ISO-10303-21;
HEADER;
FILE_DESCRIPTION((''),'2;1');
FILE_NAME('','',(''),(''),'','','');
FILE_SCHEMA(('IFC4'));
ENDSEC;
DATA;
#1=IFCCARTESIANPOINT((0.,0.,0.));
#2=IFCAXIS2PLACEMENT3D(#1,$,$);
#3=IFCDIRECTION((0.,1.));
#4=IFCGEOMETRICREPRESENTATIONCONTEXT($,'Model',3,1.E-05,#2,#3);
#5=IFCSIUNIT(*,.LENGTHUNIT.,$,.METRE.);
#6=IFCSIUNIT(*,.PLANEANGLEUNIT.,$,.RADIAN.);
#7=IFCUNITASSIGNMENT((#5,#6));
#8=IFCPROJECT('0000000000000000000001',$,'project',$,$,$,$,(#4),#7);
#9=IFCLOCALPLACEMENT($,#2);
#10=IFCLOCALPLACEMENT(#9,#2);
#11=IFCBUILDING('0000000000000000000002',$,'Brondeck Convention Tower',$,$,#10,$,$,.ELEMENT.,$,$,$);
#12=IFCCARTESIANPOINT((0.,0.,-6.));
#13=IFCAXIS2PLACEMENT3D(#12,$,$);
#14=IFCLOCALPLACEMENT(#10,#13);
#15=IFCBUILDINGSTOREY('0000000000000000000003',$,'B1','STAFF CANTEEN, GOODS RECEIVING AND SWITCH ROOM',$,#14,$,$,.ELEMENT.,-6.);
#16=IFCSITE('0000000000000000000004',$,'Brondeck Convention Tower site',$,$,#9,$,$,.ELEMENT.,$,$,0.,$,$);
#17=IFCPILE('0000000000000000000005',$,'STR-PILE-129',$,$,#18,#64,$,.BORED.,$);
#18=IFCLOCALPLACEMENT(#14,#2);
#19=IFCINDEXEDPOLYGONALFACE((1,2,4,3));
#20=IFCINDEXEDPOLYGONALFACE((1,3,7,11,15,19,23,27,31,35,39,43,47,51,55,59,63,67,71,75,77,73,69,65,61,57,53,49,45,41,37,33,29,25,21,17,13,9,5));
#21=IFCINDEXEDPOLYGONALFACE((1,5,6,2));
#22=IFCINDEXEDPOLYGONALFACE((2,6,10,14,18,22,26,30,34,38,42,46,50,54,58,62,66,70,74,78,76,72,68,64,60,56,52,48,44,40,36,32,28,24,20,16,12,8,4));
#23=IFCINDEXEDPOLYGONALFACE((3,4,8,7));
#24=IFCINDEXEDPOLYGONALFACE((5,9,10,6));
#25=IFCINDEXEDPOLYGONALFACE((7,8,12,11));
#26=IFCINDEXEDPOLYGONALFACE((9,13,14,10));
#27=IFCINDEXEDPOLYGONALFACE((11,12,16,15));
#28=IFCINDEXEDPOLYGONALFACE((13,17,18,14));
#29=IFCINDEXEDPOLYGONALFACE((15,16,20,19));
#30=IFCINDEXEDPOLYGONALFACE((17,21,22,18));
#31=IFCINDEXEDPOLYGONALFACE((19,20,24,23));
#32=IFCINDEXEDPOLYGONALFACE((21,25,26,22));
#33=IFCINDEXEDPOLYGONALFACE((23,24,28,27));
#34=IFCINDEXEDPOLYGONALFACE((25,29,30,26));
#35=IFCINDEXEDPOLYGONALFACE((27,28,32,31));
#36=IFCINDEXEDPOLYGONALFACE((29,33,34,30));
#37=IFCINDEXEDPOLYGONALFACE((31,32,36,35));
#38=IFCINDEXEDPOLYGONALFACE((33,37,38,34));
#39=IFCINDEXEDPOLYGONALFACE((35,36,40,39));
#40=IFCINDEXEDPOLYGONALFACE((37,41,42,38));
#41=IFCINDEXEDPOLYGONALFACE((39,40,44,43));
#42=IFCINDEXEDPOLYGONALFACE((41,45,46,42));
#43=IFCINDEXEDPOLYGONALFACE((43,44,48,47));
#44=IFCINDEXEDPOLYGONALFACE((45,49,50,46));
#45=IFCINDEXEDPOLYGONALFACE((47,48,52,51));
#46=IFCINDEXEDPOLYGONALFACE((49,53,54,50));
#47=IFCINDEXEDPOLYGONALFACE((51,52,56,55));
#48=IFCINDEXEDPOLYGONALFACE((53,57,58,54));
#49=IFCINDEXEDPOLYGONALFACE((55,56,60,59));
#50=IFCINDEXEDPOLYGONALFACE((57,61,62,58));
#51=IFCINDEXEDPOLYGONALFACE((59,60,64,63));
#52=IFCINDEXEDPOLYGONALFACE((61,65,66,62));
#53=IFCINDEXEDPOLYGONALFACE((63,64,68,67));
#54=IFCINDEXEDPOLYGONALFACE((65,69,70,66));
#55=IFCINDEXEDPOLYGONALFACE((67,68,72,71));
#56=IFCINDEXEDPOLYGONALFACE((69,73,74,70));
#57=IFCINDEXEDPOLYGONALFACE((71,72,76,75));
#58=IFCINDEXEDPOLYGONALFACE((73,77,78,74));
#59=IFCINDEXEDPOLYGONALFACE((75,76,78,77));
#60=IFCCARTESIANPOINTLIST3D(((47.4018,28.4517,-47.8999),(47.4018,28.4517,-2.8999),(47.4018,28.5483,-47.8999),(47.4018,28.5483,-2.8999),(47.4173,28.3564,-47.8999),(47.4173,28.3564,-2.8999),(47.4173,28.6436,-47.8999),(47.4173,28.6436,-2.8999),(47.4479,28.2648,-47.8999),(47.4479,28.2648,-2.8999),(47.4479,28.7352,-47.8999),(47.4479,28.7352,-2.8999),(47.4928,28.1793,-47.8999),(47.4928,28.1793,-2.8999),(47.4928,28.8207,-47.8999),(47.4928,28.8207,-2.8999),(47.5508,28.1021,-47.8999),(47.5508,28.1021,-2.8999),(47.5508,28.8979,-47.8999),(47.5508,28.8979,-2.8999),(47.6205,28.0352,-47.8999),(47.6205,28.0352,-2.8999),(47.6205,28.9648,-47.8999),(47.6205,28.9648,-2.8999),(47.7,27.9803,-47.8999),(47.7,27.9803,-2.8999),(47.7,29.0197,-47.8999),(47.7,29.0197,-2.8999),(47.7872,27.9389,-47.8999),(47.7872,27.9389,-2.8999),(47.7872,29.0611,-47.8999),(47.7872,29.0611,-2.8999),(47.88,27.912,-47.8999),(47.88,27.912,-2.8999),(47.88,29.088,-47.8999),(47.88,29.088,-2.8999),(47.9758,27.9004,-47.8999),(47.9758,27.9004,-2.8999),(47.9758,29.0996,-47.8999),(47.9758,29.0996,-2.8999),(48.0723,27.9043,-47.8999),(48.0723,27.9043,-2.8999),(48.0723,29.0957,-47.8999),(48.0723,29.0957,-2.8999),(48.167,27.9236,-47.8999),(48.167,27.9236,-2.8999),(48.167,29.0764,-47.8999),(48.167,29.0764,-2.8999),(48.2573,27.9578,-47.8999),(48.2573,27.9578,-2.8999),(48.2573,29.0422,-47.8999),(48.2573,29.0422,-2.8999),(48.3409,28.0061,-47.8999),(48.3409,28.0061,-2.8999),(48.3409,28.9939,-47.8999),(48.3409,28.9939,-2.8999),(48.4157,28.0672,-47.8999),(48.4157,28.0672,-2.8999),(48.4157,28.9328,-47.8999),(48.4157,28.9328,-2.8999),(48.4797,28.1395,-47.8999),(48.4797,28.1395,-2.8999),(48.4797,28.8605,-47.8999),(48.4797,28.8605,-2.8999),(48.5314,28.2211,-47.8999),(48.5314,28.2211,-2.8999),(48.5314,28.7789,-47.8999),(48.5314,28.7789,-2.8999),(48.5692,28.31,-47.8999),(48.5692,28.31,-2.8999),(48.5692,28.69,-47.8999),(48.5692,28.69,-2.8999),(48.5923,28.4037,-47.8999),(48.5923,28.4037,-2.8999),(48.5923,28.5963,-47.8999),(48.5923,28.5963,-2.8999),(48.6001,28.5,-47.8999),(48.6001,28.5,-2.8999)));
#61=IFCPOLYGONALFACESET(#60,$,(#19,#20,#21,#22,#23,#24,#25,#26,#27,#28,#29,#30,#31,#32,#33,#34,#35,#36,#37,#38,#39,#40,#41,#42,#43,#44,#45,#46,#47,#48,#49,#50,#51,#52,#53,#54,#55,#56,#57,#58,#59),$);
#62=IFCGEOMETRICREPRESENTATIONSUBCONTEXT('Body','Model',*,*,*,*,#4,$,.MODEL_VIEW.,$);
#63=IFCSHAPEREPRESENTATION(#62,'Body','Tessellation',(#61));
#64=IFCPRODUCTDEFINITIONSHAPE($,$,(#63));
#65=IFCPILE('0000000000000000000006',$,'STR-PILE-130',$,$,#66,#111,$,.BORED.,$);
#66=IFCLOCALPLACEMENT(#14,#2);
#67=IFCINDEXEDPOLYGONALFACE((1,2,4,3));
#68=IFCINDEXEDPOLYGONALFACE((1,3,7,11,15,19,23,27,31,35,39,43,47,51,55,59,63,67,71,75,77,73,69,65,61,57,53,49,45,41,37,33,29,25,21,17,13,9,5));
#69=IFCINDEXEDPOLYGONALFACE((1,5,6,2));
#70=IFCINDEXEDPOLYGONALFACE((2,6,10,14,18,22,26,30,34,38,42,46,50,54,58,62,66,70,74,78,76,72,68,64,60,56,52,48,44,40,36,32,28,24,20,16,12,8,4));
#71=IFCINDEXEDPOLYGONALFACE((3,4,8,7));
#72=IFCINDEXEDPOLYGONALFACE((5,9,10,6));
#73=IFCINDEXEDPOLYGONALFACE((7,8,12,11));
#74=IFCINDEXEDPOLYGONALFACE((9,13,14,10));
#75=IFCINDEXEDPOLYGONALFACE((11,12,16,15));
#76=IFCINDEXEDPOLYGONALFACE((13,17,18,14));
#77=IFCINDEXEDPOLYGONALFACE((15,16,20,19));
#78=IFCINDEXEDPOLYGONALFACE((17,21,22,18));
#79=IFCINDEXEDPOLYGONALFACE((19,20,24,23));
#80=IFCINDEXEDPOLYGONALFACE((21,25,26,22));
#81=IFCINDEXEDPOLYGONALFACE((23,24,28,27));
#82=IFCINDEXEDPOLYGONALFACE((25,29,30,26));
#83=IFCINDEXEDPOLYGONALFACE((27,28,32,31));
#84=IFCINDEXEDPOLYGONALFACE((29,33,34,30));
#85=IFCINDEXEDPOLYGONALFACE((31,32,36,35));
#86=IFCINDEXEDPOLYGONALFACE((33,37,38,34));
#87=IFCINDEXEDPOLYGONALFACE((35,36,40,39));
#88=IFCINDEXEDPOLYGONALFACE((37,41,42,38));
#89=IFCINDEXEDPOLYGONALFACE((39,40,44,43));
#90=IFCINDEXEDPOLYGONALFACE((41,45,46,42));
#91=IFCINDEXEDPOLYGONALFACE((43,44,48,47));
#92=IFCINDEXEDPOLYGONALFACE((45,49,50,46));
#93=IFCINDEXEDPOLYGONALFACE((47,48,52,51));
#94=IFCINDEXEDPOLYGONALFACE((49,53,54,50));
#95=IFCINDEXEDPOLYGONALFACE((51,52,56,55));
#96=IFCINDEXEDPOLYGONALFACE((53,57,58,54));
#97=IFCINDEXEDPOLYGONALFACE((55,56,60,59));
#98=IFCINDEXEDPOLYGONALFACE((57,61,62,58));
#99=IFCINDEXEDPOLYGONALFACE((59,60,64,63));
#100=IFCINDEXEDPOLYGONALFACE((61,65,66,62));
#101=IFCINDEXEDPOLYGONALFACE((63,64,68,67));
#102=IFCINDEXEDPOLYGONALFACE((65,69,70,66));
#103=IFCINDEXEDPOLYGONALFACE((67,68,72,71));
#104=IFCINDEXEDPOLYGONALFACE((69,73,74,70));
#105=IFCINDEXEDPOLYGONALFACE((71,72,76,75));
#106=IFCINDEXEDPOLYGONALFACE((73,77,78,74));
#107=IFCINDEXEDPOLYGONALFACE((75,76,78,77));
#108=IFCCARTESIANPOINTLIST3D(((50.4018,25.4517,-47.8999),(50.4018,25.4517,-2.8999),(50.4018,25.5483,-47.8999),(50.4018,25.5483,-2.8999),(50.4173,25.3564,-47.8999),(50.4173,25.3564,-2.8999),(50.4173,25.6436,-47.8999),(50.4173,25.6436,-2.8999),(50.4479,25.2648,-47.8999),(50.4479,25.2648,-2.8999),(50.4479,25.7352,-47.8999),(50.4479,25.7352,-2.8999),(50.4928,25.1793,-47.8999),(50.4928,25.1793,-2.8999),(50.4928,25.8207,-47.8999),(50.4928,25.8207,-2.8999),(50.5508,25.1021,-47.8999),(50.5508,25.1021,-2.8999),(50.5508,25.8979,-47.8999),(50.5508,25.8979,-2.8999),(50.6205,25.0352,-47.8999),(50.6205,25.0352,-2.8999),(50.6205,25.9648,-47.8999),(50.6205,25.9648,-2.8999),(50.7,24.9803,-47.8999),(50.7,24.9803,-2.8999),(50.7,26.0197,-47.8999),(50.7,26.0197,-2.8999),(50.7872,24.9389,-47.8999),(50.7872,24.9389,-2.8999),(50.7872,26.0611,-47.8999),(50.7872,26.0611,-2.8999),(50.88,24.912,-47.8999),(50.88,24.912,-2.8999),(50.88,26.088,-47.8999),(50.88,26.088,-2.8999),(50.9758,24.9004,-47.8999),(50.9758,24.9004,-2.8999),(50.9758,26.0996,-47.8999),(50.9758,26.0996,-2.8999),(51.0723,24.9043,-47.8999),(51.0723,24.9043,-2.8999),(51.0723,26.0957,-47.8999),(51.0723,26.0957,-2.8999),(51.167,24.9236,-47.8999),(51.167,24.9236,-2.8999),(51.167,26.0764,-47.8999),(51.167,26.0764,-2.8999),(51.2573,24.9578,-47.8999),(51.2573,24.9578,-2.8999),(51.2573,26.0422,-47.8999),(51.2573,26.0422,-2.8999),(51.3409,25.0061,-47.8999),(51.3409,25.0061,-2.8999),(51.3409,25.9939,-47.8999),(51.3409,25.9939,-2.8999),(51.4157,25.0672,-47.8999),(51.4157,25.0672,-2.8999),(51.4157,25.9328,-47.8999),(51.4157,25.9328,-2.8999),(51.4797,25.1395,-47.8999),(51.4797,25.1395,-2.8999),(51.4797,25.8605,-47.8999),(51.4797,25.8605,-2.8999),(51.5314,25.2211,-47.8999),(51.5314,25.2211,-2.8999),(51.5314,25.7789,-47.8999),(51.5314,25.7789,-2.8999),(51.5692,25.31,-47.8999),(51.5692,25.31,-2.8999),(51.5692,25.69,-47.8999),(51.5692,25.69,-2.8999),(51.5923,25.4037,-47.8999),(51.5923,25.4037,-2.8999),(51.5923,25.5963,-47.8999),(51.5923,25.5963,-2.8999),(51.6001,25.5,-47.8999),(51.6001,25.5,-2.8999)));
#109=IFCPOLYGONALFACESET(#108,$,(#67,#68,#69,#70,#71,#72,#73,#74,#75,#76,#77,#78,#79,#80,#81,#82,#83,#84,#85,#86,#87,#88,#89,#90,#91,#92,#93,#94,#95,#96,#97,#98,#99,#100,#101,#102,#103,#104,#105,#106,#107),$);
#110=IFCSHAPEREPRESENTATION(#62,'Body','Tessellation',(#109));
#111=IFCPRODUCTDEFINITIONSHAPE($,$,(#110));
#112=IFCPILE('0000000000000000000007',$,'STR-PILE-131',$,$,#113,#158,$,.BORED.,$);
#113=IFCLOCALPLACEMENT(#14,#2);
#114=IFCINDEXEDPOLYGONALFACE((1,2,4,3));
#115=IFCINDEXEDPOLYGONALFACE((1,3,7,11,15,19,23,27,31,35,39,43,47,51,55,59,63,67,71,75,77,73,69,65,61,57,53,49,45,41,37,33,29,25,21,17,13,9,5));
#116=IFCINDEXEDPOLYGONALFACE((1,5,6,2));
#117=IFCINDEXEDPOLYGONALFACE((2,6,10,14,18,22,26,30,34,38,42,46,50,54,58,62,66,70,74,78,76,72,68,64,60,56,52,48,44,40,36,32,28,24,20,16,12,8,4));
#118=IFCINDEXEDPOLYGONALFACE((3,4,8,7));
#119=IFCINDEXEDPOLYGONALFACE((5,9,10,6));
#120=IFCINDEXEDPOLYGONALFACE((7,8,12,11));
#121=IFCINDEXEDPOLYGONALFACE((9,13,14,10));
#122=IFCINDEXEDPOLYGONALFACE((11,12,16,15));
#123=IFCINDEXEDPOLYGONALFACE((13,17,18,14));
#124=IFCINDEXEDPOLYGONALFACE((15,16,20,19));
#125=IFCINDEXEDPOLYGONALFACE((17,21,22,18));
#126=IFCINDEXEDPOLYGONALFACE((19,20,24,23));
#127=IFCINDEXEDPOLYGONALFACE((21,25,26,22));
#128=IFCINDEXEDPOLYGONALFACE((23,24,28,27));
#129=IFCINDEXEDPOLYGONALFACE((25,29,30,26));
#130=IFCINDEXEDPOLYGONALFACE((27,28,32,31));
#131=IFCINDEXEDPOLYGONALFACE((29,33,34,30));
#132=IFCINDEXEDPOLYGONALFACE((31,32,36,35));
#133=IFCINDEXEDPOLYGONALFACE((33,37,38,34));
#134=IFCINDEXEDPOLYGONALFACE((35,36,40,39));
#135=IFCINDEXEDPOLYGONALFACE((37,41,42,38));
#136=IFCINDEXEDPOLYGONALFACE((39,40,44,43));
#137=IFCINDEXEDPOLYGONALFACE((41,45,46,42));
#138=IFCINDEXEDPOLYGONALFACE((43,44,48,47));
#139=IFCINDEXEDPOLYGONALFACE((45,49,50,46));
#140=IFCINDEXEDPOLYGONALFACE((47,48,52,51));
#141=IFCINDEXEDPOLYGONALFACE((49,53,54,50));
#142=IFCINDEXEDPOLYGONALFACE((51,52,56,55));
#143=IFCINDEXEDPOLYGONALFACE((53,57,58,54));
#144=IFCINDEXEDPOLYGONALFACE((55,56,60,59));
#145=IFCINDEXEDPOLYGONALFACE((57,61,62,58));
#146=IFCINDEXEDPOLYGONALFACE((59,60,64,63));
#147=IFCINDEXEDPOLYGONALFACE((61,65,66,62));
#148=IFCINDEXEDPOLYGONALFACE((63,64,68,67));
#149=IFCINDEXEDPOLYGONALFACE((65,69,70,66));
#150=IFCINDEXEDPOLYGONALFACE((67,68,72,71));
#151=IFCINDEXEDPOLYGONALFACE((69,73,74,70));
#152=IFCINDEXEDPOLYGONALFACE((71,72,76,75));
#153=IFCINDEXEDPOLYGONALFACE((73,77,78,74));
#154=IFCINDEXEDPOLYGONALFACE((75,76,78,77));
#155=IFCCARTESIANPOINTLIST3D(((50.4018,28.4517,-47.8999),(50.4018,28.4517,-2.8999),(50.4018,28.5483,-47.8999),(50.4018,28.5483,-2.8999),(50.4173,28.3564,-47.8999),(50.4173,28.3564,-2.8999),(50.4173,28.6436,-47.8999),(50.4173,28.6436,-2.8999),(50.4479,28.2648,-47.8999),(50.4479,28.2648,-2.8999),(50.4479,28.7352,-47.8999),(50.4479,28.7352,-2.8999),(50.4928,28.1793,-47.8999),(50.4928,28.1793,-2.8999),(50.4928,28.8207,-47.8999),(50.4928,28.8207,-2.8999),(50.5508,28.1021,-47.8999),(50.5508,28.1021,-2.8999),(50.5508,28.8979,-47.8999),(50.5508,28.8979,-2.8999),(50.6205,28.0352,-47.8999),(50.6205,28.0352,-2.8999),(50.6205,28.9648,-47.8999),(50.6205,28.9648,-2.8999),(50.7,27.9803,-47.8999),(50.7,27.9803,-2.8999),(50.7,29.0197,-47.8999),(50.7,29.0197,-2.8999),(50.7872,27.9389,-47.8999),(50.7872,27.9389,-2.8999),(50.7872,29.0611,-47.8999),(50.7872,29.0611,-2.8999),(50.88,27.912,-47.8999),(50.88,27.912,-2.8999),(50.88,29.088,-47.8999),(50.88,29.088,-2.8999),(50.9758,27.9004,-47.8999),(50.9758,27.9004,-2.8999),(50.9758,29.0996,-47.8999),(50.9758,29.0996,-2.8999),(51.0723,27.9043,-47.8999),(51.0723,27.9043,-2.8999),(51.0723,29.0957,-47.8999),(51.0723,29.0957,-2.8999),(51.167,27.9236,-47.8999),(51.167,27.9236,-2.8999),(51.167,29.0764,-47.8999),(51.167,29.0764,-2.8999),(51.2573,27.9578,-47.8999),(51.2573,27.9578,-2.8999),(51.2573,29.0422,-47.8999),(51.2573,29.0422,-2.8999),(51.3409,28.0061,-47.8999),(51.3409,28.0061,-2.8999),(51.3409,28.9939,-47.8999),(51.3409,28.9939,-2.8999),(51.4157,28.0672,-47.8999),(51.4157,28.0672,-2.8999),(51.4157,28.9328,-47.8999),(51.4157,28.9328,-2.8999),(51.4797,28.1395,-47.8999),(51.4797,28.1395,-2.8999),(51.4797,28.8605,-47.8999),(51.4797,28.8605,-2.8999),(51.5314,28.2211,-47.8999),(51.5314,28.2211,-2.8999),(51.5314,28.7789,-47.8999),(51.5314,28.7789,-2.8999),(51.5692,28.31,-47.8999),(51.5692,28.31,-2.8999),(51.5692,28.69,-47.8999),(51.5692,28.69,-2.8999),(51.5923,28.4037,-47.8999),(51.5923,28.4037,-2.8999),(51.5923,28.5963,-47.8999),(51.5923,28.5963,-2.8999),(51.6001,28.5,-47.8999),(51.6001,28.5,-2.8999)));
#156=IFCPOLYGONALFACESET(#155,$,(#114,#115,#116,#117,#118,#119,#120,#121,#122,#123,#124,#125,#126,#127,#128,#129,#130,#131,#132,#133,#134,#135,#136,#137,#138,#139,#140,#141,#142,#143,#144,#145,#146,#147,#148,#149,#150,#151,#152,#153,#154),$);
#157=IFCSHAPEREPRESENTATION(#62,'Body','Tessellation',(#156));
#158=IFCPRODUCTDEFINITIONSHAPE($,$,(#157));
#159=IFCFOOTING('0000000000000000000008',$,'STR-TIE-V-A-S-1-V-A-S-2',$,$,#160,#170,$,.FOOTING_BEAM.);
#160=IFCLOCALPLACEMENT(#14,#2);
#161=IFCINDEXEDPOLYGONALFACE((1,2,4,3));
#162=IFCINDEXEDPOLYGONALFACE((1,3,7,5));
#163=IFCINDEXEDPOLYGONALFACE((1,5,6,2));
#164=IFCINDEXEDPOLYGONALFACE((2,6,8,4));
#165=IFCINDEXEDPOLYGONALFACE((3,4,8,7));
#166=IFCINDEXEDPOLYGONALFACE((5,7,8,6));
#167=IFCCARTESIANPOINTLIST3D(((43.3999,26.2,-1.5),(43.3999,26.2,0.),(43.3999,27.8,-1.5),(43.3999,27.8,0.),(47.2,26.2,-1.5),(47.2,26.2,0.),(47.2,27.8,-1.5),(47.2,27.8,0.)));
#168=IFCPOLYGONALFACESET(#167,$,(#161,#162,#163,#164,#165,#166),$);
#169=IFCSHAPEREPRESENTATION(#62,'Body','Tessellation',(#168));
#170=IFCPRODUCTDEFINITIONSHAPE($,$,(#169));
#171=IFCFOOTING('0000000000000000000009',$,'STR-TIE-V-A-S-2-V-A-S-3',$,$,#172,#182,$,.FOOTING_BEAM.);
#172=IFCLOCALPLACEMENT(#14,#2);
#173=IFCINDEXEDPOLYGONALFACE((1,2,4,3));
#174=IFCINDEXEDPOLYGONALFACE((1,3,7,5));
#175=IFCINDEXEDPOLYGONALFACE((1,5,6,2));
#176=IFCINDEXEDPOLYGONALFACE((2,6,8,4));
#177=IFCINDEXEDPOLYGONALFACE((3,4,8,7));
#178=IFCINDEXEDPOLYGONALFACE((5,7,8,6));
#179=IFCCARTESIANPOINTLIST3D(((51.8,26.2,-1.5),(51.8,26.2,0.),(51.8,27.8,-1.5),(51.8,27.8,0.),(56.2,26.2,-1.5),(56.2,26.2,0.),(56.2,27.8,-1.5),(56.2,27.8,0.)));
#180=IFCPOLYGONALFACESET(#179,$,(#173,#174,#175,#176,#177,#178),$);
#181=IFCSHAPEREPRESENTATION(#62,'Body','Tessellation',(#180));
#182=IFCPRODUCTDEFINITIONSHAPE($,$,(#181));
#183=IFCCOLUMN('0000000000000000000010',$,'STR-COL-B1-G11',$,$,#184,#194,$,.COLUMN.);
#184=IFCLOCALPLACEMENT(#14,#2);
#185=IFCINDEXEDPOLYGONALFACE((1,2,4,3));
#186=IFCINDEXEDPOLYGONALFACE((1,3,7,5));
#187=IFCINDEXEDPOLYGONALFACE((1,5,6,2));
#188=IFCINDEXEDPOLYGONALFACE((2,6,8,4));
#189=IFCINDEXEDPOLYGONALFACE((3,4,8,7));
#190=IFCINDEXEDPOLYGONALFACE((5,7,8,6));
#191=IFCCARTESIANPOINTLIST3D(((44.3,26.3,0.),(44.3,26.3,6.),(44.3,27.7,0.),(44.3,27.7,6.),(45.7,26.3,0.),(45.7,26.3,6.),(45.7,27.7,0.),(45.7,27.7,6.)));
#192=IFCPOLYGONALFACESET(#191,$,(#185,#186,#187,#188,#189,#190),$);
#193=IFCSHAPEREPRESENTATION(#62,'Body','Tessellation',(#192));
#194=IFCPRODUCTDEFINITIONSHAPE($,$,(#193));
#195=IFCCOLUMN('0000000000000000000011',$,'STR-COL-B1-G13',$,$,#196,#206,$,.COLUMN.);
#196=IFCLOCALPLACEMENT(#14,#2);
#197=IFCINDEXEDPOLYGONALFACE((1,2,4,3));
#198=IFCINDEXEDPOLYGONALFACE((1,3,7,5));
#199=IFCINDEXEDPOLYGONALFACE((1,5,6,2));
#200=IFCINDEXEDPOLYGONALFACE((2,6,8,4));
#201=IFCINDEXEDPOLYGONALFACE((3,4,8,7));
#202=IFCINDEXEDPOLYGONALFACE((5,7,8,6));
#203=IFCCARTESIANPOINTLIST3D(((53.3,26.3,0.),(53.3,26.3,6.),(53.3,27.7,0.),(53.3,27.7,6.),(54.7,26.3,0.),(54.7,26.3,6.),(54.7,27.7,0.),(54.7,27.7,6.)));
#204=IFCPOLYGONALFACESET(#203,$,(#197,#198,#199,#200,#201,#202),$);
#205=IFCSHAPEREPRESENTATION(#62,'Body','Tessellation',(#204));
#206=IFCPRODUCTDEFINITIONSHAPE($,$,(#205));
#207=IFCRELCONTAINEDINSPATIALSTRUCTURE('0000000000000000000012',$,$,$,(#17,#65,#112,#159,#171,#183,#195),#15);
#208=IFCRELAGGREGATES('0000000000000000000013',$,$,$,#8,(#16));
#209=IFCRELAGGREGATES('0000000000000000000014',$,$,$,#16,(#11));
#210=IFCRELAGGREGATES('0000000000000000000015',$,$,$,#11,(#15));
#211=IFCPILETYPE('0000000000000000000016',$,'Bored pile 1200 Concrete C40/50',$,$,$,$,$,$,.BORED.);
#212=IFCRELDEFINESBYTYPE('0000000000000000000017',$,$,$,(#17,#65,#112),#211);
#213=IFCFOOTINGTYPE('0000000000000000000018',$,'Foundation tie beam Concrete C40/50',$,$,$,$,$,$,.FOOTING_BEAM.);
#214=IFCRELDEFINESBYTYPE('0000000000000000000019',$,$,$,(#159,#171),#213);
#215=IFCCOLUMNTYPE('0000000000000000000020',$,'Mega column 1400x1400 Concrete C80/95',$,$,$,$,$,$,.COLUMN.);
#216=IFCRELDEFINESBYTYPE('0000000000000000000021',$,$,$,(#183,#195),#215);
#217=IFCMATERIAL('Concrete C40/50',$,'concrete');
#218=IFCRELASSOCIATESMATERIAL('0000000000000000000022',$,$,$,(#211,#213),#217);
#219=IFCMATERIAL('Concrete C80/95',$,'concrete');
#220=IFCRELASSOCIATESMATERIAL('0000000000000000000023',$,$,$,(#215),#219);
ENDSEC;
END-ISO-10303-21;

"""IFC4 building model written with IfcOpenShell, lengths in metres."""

from ifc_helpers import new_model, si_unit, direction, frame, origin, origin_2d, place, context, subcontext, project, spatial, rectangle, circle, extrude, material, material_profile, profile_set, type_object, element, save


model = new_model("IFC4")

# Units and contexts
model_context = context("Model", 3, precision=1e-05, world=origin(), true_north=direction((0.0, 1.0)))
body_context = subcontext(model_context, "Body", "Model", "MODEL_VIEW")
ifc_project = project(units=[si_unit("LENGTHUNIT", "METRE"), si_unit("PLANEANGLEUNIT", "RADIAN")], contexts=[model_context])

# Site, building, storey
site_placement = place(None, origin())
site = spatial("IfcSite", under=ifc_project, at=site_placement, Name="Brondeck Convention Tower site", CompositionType="ELEMENT", RefElevation=0.0)
building_placement = place(site_placement, origin())
building = spatial("IfcBuilding", under=site, at=building_placement, Name="Brondeck Convention Tower", CompositionType="ELEMENT")
storey_placement = place(building_placement, frame((0.0, 0.0, -6.0)))
storey = spatial("IfcBuildingStorey", under=building, at=storey_placement, Name="B1", Description="STAFF CANTEEN, GOODS RECEIVING AND SWITCH ROOM", CompositionType="ELEMENT", Elevation=-6.0)

# Piles
ifc_material_1 = material(Name="Concrete C40/50", Category="concrete")
ifc_material_profile_1 = material_profile(ifc_material_1, circle(Radius=0.6001, at=origin_2d()), Name="Bored pile 1200 Concrete C40/50")
ifc_profile_set_1 = profile_set([ifc_material_profile_1], Name="Concrete C40/50")
pile_type = type_object("IfcPileType", Name="Bored pile 1200 Concrete C40/50", PredefinedType="BORED", material=ifc_profile_set_1)
for number, where, z_axis, x_axis, name in (
    (1, (48.0, 28.5, -2.8999), (0.0, 0.0, -1.0), (1.0, 0.0, 0.0), "STR-PILE-129"),
    (2, (51.0, 25.5, -2.8999), (0.0, 0.0, -1.0), (1.0, 0.0, 0.0), "STR-PILE-130"),
    (3, (51.0, 28.5, -2.8999), (0.0, 0.0, -1.0), (1.0, 0.0, 0.0), "STR-PILE-131"),
):
    element("IfcPile", number, at=place(storey_placement, frame(where, z_axis=z_axis, x_axis=x_axis)), inside=storey, type_object=pile_type, Name=name, PredefinedType="BORED", context=body_context, shape_type="SweptSolid", body=[
        extrude(circle(Radius=0.6001, at=origin_2d()), origin(), (0.0, 0.0, 1.0), 45.0),
    ])

# Footings
ifc_material_profile_2 = material_profile(ifc_material_1, rectangle(XDim=1.6001, YDim=1.5, at=origin_2d()), Name="Foundation tie beam Concrete C40/50")
ifc_profile_set_2 = profile_set([ifc_material_profile_2], Name="Concrete C40/50")
footing_type = type_object("IfcFootingType", Name="Foundation tie beam Concrete C40/50", PredefinedType="FOOTING_BEAM", material=ifc_profile_set_2)
footing_1_placement = place(storey_placement, frame((43.3999, 27.0, -0.75), z_axis=(1.0, 0.0, 0.0), x_axis=(0.0, 1.0, 0.0)))
element("IfcFooting", 4, at=footing_1_placement, inside=storey, type_object=footing_type, Name="STR-TIE-V-A-S-1-V-A-S-2", PredefinedType="FOOTING_BEAM", context=body_context, shape_type="SweptSolid", body=[
    extrude(rectangle(XDim=1.6001, YDim=1.5, at=origin_2d()), origin(), (0.0, 0.0, 1.0), 3.8),
])
footing_2_placement = place(storey_placement, frame((51.8, 27.0, -0.75), z_axis=(1.0, 0.0, 0.0), x_axis=(0.0, 1.0, 0.0)))
element("IfcFooting", 5, at=footing_2_placement, inside=storey, type_object=footing_type, Name="STR-TIE-V-A-S-2-V-A-S-3", PredefinedType="FOOTING_BEAM", context=body_context, shape_type="SweptSolid", body=[
    extrude(rectangle(XDim=1.6001, YDim=1.5, at=origin_2d()), origin(), (0.0, 0.0, 1.0), 4.3999),
])

# Columns
ifc_material_2 = material(Name="Concrete C80/95", Category="concrete")
ifc_material_profile_3 = material_profile(ifc_material_2, rectangle(XDim=1.3999, YDim=1.3999, at=origin_2d()), Name="Mega column 1400x1400 Concrete C80/95")
ifc_profile_set_3 = profile_set([ifc_material_profile_3], Name="Concrete C80/95")
column_type_1 = type_object("IfcColumnType", Name="Mega column 1400x1400 Concrete C80/95", PredefinedType="COLUMN", material=ifc_profile_set_3)
for number, where, z_axis, x_axis, name in (
    (6, (45.0, 27.0, 0.0), (0.0, 0.0, 1.0), (1.0, 0.0, 0.0), "STR-COL-B1-G11"),
    (7, (54.0, 27.0, 0.0), (0.0, 0.0, 1.0), (1.0, 0.0, 0.0), "STR-COL-B1-G13"),
):
    element("IfcColumn", number, at=place(storey_placement, frame(where, z_axis=z_axis, x_axis=x_axis)), inside=storey, type_object=column_type_1, Name=name, PredefinedType="COLUMN", context=body_context, shape_type="SweptSolid", body=[
        extrude(rectangle(XDim=1.3999, YDim=1.3999, at=origin_2d()), origin(), (0.0, 0.0, 1.0), 6.0),
    ])

save(model, "model.ifc")
